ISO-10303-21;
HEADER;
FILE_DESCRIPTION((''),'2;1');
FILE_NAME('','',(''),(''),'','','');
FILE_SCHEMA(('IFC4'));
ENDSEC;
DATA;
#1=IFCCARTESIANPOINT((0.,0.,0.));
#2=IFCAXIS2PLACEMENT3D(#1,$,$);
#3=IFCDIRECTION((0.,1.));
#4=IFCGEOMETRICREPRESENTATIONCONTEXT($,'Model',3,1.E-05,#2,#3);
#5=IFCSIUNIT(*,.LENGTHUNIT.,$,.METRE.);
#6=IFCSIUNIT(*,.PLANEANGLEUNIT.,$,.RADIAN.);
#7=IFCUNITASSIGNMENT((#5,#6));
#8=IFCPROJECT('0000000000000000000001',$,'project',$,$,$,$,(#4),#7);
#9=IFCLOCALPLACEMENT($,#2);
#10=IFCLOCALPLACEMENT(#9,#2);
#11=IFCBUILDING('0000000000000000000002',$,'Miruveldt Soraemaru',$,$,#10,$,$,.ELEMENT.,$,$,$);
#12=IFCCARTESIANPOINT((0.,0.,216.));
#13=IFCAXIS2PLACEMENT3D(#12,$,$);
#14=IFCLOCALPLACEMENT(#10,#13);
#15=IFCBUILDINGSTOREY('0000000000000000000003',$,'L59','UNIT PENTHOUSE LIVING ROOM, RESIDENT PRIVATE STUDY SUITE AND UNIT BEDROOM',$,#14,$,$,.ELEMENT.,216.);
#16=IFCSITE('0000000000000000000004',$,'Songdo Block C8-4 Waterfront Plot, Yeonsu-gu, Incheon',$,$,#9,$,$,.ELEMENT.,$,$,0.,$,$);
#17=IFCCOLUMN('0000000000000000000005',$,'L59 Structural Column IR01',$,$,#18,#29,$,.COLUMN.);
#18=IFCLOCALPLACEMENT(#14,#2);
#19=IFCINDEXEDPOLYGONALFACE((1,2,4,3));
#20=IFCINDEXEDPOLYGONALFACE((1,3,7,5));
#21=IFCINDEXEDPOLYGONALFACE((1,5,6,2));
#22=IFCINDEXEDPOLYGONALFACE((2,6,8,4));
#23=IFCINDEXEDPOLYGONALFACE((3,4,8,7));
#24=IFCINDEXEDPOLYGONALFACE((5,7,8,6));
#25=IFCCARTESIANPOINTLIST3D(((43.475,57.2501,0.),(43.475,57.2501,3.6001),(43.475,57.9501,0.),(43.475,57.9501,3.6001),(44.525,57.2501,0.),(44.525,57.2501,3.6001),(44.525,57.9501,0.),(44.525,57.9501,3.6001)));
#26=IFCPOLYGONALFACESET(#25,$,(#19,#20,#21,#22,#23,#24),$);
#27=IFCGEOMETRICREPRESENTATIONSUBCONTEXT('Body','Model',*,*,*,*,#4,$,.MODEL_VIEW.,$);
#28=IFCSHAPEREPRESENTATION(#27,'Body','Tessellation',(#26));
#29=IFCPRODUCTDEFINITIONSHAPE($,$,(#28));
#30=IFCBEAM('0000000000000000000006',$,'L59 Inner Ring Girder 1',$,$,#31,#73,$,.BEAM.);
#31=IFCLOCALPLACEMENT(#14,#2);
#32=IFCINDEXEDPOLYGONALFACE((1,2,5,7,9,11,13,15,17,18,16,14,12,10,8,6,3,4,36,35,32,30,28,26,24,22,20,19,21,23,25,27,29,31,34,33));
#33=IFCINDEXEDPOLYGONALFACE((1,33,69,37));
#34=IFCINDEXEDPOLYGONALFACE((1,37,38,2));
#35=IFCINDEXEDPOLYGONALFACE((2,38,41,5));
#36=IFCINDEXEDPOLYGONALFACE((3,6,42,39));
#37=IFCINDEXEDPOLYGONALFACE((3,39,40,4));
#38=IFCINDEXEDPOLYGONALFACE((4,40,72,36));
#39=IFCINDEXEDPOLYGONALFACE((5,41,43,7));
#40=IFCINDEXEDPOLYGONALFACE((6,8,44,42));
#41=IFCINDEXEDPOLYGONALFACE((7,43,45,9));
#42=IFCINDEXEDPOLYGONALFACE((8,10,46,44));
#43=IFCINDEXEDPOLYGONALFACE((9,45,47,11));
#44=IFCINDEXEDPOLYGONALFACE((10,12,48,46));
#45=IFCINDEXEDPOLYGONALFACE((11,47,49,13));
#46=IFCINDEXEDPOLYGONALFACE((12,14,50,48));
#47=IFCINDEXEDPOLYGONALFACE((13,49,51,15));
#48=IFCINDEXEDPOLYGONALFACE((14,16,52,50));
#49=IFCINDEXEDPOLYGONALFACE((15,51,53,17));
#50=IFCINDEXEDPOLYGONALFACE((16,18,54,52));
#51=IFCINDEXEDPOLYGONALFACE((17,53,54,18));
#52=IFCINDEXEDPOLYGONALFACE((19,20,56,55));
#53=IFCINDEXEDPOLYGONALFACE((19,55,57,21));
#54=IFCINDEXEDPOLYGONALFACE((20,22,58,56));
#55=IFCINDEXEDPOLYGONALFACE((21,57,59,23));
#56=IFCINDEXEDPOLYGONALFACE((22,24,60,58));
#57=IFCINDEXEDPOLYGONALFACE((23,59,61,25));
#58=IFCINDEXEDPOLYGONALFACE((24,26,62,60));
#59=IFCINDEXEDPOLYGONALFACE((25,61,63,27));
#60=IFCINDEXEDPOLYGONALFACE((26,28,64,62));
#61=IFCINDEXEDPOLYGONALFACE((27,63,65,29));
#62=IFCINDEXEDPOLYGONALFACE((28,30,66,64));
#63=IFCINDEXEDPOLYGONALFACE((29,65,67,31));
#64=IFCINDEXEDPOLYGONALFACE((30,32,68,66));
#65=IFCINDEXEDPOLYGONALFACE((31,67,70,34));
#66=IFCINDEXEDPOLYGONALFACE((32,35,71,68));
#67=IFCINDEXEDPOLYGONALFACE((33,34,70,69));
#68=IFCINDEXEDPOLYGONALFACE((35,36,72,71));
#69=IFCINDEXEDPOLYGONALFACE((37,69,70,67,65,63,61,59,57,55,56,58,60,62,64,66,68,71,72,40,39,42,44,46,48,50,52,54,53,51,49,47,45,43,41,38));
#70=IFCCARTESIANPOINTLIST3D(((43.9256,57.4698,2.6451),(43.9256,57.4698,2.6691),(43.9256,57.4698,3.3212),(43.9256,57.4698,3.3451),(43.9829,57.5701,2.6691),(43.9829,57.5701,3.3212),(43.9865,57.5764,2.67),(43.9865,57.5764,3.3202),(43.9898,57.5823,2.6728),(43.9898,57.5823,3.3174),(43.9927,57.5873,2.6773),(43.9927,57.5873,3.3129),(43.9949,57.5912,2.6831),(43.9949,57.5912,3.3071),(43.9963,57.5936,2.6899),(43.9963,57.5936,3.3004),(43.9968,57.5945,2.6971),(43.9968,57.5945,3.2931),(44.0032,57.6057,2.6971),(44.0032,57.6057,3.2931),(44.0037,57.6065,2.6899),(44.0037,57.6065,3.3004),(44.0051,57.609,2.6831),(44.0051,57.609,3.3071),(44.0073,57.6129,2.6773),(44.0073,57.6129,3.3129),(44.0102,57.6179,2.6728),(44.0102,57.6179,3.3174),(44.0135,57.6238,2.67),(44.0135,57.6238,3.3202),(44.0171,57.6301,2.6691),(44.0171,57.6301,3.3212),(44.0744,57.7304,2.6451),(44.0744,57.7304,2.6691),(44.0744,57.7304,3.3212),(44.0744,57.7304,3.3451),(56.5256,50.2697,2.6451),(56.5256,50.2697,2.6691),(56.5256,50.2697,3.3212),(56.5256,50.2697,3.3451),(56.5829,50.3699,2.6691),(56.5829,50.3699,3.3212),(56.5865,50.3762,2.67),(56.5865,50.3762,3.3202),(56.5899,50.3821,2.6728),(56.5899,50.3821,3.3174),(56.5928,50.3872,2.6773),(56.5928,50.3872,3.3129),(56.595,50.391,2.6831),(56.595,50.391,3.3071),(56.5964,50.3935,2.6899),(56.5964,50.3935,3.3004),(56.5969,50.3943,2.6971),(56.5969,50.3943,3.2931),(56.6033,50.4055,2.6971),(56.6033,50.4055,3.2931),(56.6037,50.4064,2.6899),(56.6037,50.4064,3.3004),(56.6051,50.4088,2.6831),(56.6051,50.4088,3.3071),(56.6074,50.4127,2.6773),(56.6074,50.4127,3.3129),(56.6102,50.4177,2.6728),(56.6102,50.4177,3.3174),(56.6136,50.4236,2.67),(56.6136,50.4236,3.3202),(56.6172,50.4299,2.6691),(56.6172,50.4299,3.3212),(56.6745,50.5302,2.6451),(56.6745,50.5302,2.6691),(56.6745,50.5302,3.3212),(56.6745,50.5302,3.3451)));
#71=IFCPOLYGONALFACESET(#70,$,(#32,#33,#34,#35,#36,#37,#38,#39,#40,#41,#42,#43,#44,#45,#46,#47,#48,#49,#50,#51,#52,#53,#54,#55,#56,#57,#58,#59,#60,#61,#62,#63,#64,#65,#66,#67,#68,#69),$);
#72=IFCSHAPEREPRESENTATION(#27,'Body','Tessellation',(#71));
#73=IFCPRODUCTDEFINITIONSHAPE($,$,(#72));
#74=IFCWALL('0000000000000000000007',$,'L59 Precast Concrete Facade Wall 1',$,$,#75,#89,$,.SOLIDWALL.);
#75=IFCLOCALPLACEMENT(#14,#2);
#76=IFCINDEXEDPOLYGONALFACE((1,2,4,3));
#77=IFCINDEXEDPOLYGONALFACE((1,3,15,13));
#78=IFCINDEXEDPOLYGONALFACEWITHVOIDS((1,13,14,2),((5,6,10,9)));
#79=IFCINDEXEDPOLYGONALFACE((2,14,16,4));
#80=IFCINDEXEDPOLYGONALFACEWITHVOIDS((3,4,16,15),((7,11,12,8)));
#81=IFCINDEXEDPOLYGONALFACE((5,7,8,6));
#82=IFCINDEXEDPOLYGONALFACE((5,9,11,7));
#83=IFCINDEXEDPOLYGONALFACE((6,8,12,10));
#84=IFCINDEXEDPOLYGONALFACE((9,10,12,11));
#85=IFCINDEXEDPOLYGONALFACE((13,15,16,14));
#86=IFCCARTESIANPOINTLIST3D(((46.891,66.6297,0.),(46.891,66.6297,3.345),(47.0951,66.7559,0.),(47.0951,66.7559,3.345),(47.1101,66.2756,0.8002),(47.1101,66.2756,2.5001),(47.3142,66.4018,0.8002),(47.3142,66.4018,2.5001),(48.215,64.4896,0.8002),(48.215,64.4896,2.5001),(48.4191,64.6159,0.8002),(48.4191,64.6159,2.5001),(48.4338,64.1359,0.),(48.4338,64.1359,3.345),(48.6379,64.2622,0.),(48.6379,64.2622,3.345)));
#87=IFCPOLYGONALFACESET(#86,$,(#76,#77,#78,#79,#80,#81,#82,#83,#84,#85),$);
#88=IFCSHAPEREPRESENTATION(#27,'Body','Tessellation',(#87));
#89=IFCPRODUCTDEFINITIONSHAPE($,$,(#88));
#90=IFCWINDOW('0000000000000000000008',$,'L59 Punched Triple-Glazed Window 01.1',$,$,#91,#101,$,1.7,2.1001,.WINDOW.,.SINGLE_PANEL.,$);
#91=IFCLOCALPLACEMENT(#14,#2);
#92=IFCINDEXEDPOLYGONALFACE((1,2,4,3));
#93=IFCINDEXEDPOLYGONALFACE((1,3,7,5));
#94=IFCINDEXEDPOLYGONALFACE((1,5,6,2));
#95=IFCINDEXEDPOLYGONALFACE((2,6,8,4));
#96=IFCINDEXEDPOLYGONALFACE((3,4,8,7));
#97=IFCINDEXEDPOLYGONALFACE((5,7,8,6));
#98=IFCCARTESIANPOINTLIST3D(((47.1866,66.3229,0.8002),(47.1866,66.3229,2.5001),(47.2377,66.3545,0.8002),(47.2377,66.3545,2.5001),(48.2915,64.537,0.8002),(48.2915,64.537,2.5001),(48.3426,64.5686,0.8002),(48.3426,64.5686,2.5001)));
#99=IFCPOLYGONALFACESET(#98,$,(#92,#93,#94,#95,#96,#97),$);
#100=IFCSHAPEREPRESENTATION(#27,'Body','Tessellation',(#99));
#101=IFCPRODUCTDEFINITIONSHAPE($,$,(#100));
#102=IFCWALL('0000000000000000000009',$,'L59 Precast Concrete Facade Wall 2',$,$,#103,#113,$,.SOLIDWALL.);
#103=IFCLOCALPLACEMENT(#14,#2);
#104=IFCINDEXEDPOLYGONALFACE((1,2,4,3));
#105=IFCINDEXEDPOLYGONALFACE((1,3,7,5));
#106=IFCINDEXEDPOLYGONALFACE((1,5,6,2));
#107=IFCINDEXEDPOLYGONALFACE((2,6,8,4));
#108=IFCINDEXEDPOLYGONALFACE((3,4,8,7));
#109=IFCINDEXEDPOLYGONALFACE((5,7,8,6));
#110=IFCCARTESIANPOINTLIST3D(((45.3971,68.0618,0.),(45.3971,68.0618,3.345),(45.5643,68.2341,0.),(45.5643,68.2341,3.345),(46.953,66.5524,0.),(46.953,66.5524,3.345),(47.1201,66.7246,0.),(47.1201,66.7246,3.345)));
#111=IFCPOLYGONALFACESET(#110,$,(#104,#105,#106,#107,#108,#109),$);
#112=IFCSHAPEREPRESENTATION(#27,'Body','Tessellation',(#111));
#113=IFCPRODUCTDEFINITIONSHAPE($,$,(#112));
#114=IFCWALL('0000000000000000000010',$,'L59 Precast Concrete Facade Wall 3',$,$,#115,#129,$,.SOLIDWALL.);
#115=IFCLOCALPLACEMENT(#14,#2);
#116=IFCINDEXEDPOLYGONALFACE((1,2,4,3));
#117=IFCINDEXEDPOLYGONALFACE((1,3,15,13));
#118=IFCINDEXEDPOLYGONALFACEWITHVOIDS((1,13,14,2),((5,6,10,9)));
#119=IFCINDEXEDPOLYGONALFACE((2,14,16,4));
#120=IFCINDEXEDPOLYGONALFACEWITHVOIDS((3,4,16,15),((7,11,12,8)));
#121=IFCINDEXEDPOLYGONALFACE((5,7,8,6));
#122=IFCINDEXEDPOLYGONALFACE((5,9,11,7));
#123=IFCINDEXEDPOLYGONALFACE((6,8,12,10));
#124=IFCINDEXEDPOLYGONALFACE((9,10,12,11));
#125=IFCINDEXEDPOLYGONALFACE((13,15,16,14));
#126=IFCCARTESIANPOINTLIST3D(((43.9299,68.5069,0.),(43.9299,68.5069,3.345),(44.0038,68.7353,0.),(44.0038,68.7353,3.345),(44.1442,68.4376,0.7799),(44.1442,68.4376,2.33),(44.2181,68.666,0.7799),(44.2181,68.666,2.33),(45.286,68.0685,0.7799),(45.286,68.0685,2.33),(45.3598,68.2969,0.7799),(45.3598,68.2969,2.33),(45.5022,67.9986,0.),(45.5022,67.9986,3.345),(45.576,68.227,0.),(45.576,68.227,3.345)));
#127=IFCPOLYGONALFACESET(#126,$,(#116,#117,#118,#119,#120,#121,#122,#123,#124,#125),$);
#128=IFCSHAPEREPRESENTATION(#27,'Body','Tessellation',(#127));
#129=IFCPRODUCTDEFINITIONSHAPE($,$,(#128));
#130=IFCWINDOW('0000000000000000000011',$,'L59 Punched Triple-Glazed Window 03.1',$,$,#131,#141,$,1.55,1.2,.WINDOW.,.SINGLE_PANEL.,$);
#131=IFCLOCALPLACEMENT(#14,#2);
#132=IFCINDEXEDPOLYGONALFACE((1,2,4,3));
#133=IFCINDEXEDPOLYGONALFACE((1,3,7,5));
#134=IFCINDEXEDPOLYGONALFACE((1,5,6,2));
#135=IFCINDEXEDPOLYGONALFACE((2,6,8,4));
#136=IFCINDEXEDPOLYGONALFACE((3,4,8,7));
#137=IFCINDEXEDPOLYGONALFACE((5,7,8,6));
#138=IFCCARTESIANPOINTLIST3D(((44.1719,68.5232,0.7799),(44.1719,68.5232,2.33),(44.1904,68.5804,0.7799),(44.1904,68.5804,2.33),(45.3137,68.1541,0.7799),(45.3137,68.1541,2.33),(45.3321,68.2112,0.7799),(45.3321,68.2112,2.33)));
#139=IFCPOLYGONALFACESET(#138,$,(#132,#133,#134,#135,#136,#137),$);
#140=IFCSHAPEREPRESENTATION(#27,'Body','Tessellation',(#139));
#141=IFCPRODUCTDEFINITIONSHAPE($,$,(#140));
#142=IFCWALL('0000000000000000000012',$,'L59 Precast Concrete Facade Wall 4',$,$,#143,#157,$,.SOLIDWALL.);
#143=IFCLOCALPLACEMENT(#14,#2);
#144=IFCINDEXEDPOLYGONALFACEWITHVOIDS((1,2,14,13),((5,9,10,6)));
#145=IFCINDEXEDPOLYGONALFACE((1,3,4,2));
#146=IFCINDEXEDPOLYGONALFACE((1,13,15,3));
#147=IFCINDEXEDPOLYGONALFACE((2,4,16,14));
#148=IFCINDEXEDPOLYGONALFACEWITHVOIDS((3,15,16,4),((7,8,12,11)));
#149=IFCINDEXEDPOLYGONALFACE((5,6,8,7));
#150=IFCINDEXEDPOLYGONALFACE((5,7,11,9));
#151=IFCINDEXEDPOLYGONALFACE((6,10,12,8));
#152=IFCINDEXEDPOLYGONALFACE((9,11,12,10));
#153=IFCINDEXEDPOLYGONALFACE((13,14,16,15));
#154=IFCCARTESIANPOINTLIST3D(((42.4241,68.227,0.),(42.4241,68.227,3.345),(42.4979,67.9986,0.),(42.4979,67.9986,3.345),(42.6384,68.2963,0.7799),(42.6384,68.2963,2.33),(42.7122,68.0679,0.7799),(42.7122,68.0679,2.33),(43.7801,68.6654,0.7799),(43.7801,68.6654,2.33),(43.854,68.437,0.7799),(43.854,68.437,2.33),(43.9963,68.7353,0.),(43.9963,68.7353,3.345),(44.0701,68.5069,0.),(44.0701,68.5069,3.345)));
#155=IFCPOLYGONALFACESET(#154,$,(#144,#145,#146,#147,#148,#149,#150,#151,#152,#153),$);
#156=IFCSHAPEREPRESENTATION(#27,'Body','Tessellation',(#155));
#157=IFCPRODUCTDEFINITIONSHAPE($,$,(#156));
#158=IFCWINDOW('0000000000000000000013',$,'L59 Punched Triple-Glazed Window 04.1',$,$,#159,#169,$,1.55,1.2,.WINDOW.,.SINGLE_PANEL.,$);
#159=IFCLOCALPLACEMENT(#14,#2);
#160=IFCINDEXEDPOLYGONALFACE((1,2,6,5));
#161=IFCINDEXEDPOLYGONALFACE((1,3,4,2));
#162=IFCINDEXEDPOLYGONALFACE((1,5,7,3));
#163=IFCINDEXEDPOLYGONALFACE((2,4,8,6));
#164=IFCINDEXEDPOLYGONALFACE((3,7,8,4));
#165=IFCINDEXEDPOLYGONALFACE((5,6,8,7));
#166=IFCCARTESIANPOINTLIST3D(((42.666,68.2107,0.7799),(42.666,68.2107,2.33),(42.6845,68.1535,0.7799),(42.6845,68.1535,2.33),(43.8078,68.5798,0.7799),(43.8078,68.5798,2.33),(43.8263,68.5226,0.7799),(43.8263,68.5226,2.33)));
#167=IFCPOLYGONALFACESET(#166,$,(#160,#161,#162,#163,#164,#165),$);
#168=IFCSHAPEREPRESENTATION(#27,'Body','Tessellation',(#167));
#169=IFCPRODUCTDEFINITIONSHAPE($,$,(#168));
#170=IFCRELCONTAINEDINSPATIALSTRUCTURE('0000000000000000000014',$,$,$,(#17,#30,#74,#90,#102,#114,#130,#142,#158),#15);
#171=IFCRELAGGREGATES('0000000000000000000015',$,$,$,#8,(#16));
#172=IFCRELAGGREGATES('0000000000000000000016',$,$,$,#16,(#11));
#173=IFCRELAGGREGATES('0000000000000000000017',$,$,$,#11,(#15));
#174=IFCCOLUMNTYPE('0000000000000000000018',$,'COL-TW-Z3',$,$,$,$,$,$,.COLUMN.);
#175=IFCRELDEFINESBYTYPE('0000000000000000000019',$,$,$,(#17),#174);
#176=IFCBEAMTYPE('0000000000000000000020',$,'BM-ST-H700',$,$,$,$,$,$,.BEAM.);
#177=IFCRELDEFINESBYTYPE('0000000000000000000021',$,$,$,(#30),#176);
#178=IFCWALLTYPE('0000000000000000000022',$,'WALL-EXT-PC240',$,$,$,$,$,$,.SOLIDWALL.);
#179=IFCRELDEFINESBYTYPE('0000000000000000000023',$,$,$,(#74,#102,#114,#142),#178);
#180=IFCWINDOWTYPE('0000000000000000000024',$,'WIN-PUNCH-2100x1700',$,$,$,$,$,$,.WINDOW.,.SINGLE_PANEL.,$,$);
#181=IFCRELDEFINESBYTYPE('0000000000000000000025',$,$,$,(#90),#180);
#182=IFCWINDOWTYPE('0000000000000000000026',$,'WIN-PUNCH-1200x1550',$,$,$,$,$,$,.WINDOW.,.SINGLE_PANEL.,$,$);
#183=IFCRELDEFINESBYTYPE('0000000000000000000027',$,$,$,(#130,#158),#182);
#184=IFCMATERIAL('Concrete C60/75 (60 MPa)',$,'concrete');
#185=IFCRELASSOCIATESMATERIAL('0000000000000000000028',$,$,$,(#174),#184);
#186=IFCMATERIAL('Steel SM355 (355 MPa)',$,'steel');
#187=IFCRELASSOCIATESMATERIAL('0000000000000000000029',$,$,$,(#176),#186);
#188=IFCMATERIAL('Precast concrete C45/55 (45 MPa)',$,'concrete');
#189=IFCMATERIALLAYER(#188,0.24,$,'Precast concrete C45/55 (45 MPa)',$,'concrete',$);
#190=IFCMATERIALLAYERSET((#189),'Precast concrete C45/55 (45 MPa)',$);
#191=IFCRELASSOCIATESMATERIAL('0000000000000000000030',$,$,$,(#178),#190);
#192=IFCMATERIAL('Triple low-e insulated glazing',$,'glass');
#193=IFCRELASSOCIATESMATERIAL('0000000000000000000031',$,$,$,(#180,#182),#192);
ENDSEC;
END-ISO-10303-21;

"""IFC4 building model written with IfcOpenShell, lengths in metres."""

from ifc_helpers import new_model, si_unit, direction, frame, frame_2d, origin, origin_2d, place, context, subcontext, project, spatial, rectangle, i_section, extrude, material, layer, layer_set, material_profile, profile_set, type_object, element, fill, save


model = new_model("IFC4")

# Units and contexts
model_context = context("Model", 3, precision=1e-05, world=origin(), true_north=direction((0.0, 1.0)))
body_context = subcontext(model_context, "Body", "Model", "MODEL_VIEW")
ifc_project = project(units=[si_unit("LENGTHUNIT", "METRE"), si_unit("PLANEANGLEUNIT", "RADIAN")], contexts=[model_context])

# Site, building, storey
site_placement = place(None, origin())
site = spatial("IfcSite", under=ifc_project, at=site_placement, Name="Songdo Block C8-4 Waterfront Plot, Yeonsu-gu, Incheon", CompositionType="ELEMENT", RefElevation=0.0)
building_placement = place(site_placement, origin())
building = spatial("IfcBuilding", under=site, at=building_placement, Name="Miruveldt Soraemaru", CompositionType="ELEMENT")
storey_placement = place(building_placement, frame((0.0, 0.0, 216.0)))
storey = spatial("IfcBuildingStorey", under=building, at=storey_placement, Name="L59", Description="UNIT PENTHOUSE LIVING ROOM, RESIDENT PRIVATE STUDY SUITE AND UNIT BEDROOM", CompositionType="ELEMENT", Elevation=216.0)

# Column
ifc_material_1 = material(Name="Concrete C60/75 (60 MPa)", Category="concrete")
ifc_material_profile_1 = material_profile(ifc_material_1, rectangle(XDim=1.05, YDim=0.7, at=origin_2d()), Name="Concrete C60/75 (60 MPa)", Category="concrete")
ifc_profile_set_1 = profile_set([ifc_material_profile_1], Name="Concrete C60/75 (60 MPa)")
column_type = type_object("IfcColumnType", Name="COL-TW-Z3", PredefinedType="COLUMN", material=ifc_profile_set_1)
column_placement = place(storey_placement, frame((44.0, 57.6001, 0.0), z_axis=(0.0, 0.0, 1.0), x_axis=(1.0, 0.0, 0.0)))
element("IfcColumn", 1, at=column_placement, inside=storey, type_object=column_type, Name="L59 Structural Column IR01", PredefinedType="COLUMN", context=body_context, shape_type="SweptSolid", body=[
    extrude(rectangle(XDim=1.05, YDim=0.7, at=origin_2d()), origin(), (0.0, 0.0, 1.0), 3.6001),
])

# Beam
ifc_material_2 = material(Name="Steel SM355 (355 MPa)", Category="steel")
ifc_material_profile_2 = material_profile(ifc_material_2, i_section(OverallWidth=0.3, OverallDepth=0.7, WebThickness=0.0129, FlangeThickness=0.0239, FilletRadius=0.0281, at=origin_2d()), Name="Steel SM355 (355 MPa)", Category="steel")
ifc_profile_set_2 = profile_set([ifc_material_profile_2], Name="Steel SM355 (355 MPa)")
beam_type = type_object("IfcBeamType", Name="BM-ST-H700", PredefinedType="BEAM", material=ifc_profile_set_2)
beam_placement = place(storey_placement, frame((44.0, 57.6001, 2.9951), z_axis=(0.868239, -0.496146, 0.0), x_axis=(0.496146, 0.868239, 0.0)))
element("IfcBeam", 2, at=beam_placement, inside=storey, type_object=beam_type, Name="L59 Inner Ring Girder 1", PredefinedType="BEAM", context=body_context, shape_type="SweptSolid", body=[
    extrude(i_section(OverallWidth=0.3, OverallDepth=0.7, WebThickness=0.0129, FlangeThickness=0.0239, FilletRadius=0.0281, at=origin_2d()), origin(), (0.0, 0.0, 1.0), 14.5122),
])

# Wall, opening, window
ifc_material_3 = material(Name="Precast concrete C45/55 (45 MPa)", Category="concrete")
ifc_layer_1 = layer(ifc_material_3, 0.24, Name="Precast concrete C45/55 (45 MPa)", Category="concrete")
ifc_layer_set_1 = layer_set([ifc_layer_1], Name="Precast concrete C45/55 (45 MPa)")
wall_type_1 = type_object("IfcWallType", Name="WALL-EXT-PC240", PredefinedType="SOLIDWALL", material=ifc_layer_set_1)
wall_1_placement = place(storey_placement, frame((48.5359, 64.199, 0.0), z_axis=(0.0, 0.0, 1.0), x_axis=(-0.526117, 0.850412, 0.0)))
wall_1 = element("IfcWall", 3, at=wall_1_placement, inside=storey, type_object=wall_type_1, Name="L59 Precast Concrete Facade Wall 1", PredefinedType="SOLIDWALL", context=body_context, shape_type="SweptSolid", body=[
    extrude(rectangle(XDim=2.9324, YDim=0.24, at=frame_2d((1.4663, 0.0))), origin(), (0.0, 0.0, 1.0), 3.345),
])
opening_1_placement = place(wall_1_placement, frame((0.416, 0.0, 0.8)))
opening_1 = element("IfcOpeningElement", 4, at=opening_1_placement, cuts=wall_1, PredefinedType="OPENING", context=body_context, shape_type="SweptSolid", body=[
    extrude(rectangle(XDim=2.1001, YDim=1.7, at=frame_2d((1.05, 0.8501))), frame((0.0, 0.1299, 0.0), z_axis=(0.0, -1.0, 0.0), x_axis=(1.0, 0.0, 0.0)), (0.0, 0.0, 1.0), 0.26),
])
ifc_material_4 = material(Name="Triple low-e insulated glazing", Category="glass")
window_type_1 = type_object("IfcWindowType", Name="WIN-PUNCH-2100x1700", PartitioningType="SINGLE_PANEL", PredefinedType="WINDOW", material=ifc_material_4)
window_1_placement = place(opening_1_placement, origin())
window_1 = element("IfcWindow", 5, at=window_1_placement, inside=storey, type_object=window_type_1, Name="L59 Punched Triple-Glazed Window 01.1", OverallHeight=1.7, OverallWidth=2.1001, PartitioningType="SINGLE_PANEL", PredefinedType="WINDOW", context=body_context, shape_type="SweptSolid", body=[
    extrude(rectangle(XDim=2.1001, YDim=1.7, at=frame_2d((1.05, 0.8501))), frame((0.0, 0.03, 0.0), z_axis=(0.0, -1.0, 0.0), x_axis=(1.0, 0.0, 0.0)), (0.0, 0.0, 1.0), 0.0601),
])
fill(opening_1, window_1)

# Wall
wall_2_placement = place(storey_placement, frame((47.0366, 66.6384, 0.0), z_axis=(0.0, 0.0, 1.0), x_axis=(-0.717725, 0.696327, 0.0)))
element("IfcWall", 6, at=wall_2_placement, inside=storey, type_object=wall_type_1, Name="L59 Precast Concrete Facade Wall 2", PredefinedType="SOLIDWALL", context=body_context, shape_type="SweptSolid", body=[
    extrude(rectangle(XDim=2.1677, YDim=0.24, at=frame_2d((1.084, 0.0))), origin(), (0.0, 0.0, 1.0), 3.345),
])

# Walls, openings, windows
wall_3_placement = place(storey_placement, frame((45.5391, 68.1128, 0.0), z_axis=(0.0, 0.0, 1.0), x_axis=(-0.951511, 0.307616, 0.0)))
wall_3 = element("IfcWall", 7, at=wall_3_placement, inside=storey, type_object=wall_type_1, Name="L59 Precast Concrete Facade Wall 3", PredefinedType="SOLIDWALL", context=body_context, shape_type="SweptSolid", body=[
    extrude(rectangle(XDim=1.6523, YDim=0.24, at=frame_2d((0.8262, 0.0))), origin(), (0.0, 0.0, 1.0), 3.345),
])
opening_2_placement = place(wall_3_placement, frame((0.2271, 0.0, 0.78)))
opening_2 = element("IfcOpeningElement", 8, at=opening_2_placement, cuts=wall_3, PredefinedType="OPENING", context=body_context, shape_type="SweptSolid", body=[
    extrude(rectangle(XDim=1.2, YDim=1.55, at=frame_2d((0.6001, 0.7749))), frame((0.0, 0.1299, 0.0), z_axis=(0.0, -1.0, 0.0), x_axis=(1.0, 0.0, 0.0)), (0.0, 0.0, 1.0), 0.26),
])
window_type_2 = type_object("IfcWindowType", Name="WIN-PUNCH-1200x1550", PartitioningType="SINGLE_PANEL", PredefinedType="WINDOW", material=ifc_material_4)
window_2_placement = place(opening_2_placement, origin())
window_2 = element("IfcWindow", 9, at=window_2_placement, inside=storey, type_object=window_type_2, Name="L59 Punched Triple-Glazed Window 03.1", OverallHeight=1.55, OverallWidth=1.2, PartitioningType="SINGLE_PANEL", PredefinedType="WINDOW", context=body_context, shape_type="SweptSolid", body=[
    extrude(rectangle(XDim=1.2, YDim=1.55, at=frame_2d((0.6001, 0.7749))), frame((0.0, 0.03, 0.0), z_axis=(0.0, -1.0, 0.0), x_axis=(1.0, 0.0, 0.0)), (0.0, 0.0, 1.0), 0.0601),
])
fill(opening_2, window_2)
wall_4_placement = place(storey_placement, frame((44.0332, 68.6211, 0.0), z_axis=(0.0, 0.0, 1.0), x_axis=(-0.951511, -0.307616, 0.0)))
wall_4 = element("IfcWall", 10, at=wall_4_placement, inside=storey, type_object=wall_type_1, Name="L59 Precast Concrete Facade Wall 4", PredefinedType="SOLIDWALL", context=body_context, shape_type="SweptSolid", body=[
    extrude(rectangle(XDim=1.6523, YDim=0.24, at=frame_2d((0.8262, 0.0))), origin(), (0.0, 0.0, 1.0), 3.345),
])
opening_3_placement = place(wall_4_placement, frame((0.2271, 0.0, 0.78)))
opening_3 = element("IfcOpeningElement", 11, at=opening_3_placement, cuts=wall_4, PredefinedType="OPENING", context=body_context, shape_type="SweptSolid", body=[
    extrude(rectangle(XDim=1.2, YDim=1.55, at=frame_2d((0.6001, 0.7749))), frame((0.0, 0.1299, 0.0), z_axis=(0.0, -1.0, 0.0), x_axis=(1.0, 0.0, 0.0)), (0.0, 0.0, 1.0), 0.26),
])
window_3_placement = place(opening_3_placement, origin())
window_3 = element("IfcWindow", 12, at=window_3_placement, inside=storey, type_object=window_type_2, Name="L59 Punched Triple-Glazed Window 04.1", OverallHeight=1.55, OverallWidth=1.2, PartitioningType="SINGLE_PANEL", PredefinedType="WINDOW", context=body_context, shape_type="SweptSolid", body=[
    extrude(rectangle(XDim=1.2, YDim=1.55, at=frame_2d((0.6001, 0.7749))), frame((0.0, 0.03, 0.0), z_axis=(0.0, -1.0, 0.0), x_axis=(1.0, 0.0, 0.0)), (0.0, 0.0, 1.0), 0.0601),
])
fill(opening_3, window_3)

save(model, "model.ifc")
